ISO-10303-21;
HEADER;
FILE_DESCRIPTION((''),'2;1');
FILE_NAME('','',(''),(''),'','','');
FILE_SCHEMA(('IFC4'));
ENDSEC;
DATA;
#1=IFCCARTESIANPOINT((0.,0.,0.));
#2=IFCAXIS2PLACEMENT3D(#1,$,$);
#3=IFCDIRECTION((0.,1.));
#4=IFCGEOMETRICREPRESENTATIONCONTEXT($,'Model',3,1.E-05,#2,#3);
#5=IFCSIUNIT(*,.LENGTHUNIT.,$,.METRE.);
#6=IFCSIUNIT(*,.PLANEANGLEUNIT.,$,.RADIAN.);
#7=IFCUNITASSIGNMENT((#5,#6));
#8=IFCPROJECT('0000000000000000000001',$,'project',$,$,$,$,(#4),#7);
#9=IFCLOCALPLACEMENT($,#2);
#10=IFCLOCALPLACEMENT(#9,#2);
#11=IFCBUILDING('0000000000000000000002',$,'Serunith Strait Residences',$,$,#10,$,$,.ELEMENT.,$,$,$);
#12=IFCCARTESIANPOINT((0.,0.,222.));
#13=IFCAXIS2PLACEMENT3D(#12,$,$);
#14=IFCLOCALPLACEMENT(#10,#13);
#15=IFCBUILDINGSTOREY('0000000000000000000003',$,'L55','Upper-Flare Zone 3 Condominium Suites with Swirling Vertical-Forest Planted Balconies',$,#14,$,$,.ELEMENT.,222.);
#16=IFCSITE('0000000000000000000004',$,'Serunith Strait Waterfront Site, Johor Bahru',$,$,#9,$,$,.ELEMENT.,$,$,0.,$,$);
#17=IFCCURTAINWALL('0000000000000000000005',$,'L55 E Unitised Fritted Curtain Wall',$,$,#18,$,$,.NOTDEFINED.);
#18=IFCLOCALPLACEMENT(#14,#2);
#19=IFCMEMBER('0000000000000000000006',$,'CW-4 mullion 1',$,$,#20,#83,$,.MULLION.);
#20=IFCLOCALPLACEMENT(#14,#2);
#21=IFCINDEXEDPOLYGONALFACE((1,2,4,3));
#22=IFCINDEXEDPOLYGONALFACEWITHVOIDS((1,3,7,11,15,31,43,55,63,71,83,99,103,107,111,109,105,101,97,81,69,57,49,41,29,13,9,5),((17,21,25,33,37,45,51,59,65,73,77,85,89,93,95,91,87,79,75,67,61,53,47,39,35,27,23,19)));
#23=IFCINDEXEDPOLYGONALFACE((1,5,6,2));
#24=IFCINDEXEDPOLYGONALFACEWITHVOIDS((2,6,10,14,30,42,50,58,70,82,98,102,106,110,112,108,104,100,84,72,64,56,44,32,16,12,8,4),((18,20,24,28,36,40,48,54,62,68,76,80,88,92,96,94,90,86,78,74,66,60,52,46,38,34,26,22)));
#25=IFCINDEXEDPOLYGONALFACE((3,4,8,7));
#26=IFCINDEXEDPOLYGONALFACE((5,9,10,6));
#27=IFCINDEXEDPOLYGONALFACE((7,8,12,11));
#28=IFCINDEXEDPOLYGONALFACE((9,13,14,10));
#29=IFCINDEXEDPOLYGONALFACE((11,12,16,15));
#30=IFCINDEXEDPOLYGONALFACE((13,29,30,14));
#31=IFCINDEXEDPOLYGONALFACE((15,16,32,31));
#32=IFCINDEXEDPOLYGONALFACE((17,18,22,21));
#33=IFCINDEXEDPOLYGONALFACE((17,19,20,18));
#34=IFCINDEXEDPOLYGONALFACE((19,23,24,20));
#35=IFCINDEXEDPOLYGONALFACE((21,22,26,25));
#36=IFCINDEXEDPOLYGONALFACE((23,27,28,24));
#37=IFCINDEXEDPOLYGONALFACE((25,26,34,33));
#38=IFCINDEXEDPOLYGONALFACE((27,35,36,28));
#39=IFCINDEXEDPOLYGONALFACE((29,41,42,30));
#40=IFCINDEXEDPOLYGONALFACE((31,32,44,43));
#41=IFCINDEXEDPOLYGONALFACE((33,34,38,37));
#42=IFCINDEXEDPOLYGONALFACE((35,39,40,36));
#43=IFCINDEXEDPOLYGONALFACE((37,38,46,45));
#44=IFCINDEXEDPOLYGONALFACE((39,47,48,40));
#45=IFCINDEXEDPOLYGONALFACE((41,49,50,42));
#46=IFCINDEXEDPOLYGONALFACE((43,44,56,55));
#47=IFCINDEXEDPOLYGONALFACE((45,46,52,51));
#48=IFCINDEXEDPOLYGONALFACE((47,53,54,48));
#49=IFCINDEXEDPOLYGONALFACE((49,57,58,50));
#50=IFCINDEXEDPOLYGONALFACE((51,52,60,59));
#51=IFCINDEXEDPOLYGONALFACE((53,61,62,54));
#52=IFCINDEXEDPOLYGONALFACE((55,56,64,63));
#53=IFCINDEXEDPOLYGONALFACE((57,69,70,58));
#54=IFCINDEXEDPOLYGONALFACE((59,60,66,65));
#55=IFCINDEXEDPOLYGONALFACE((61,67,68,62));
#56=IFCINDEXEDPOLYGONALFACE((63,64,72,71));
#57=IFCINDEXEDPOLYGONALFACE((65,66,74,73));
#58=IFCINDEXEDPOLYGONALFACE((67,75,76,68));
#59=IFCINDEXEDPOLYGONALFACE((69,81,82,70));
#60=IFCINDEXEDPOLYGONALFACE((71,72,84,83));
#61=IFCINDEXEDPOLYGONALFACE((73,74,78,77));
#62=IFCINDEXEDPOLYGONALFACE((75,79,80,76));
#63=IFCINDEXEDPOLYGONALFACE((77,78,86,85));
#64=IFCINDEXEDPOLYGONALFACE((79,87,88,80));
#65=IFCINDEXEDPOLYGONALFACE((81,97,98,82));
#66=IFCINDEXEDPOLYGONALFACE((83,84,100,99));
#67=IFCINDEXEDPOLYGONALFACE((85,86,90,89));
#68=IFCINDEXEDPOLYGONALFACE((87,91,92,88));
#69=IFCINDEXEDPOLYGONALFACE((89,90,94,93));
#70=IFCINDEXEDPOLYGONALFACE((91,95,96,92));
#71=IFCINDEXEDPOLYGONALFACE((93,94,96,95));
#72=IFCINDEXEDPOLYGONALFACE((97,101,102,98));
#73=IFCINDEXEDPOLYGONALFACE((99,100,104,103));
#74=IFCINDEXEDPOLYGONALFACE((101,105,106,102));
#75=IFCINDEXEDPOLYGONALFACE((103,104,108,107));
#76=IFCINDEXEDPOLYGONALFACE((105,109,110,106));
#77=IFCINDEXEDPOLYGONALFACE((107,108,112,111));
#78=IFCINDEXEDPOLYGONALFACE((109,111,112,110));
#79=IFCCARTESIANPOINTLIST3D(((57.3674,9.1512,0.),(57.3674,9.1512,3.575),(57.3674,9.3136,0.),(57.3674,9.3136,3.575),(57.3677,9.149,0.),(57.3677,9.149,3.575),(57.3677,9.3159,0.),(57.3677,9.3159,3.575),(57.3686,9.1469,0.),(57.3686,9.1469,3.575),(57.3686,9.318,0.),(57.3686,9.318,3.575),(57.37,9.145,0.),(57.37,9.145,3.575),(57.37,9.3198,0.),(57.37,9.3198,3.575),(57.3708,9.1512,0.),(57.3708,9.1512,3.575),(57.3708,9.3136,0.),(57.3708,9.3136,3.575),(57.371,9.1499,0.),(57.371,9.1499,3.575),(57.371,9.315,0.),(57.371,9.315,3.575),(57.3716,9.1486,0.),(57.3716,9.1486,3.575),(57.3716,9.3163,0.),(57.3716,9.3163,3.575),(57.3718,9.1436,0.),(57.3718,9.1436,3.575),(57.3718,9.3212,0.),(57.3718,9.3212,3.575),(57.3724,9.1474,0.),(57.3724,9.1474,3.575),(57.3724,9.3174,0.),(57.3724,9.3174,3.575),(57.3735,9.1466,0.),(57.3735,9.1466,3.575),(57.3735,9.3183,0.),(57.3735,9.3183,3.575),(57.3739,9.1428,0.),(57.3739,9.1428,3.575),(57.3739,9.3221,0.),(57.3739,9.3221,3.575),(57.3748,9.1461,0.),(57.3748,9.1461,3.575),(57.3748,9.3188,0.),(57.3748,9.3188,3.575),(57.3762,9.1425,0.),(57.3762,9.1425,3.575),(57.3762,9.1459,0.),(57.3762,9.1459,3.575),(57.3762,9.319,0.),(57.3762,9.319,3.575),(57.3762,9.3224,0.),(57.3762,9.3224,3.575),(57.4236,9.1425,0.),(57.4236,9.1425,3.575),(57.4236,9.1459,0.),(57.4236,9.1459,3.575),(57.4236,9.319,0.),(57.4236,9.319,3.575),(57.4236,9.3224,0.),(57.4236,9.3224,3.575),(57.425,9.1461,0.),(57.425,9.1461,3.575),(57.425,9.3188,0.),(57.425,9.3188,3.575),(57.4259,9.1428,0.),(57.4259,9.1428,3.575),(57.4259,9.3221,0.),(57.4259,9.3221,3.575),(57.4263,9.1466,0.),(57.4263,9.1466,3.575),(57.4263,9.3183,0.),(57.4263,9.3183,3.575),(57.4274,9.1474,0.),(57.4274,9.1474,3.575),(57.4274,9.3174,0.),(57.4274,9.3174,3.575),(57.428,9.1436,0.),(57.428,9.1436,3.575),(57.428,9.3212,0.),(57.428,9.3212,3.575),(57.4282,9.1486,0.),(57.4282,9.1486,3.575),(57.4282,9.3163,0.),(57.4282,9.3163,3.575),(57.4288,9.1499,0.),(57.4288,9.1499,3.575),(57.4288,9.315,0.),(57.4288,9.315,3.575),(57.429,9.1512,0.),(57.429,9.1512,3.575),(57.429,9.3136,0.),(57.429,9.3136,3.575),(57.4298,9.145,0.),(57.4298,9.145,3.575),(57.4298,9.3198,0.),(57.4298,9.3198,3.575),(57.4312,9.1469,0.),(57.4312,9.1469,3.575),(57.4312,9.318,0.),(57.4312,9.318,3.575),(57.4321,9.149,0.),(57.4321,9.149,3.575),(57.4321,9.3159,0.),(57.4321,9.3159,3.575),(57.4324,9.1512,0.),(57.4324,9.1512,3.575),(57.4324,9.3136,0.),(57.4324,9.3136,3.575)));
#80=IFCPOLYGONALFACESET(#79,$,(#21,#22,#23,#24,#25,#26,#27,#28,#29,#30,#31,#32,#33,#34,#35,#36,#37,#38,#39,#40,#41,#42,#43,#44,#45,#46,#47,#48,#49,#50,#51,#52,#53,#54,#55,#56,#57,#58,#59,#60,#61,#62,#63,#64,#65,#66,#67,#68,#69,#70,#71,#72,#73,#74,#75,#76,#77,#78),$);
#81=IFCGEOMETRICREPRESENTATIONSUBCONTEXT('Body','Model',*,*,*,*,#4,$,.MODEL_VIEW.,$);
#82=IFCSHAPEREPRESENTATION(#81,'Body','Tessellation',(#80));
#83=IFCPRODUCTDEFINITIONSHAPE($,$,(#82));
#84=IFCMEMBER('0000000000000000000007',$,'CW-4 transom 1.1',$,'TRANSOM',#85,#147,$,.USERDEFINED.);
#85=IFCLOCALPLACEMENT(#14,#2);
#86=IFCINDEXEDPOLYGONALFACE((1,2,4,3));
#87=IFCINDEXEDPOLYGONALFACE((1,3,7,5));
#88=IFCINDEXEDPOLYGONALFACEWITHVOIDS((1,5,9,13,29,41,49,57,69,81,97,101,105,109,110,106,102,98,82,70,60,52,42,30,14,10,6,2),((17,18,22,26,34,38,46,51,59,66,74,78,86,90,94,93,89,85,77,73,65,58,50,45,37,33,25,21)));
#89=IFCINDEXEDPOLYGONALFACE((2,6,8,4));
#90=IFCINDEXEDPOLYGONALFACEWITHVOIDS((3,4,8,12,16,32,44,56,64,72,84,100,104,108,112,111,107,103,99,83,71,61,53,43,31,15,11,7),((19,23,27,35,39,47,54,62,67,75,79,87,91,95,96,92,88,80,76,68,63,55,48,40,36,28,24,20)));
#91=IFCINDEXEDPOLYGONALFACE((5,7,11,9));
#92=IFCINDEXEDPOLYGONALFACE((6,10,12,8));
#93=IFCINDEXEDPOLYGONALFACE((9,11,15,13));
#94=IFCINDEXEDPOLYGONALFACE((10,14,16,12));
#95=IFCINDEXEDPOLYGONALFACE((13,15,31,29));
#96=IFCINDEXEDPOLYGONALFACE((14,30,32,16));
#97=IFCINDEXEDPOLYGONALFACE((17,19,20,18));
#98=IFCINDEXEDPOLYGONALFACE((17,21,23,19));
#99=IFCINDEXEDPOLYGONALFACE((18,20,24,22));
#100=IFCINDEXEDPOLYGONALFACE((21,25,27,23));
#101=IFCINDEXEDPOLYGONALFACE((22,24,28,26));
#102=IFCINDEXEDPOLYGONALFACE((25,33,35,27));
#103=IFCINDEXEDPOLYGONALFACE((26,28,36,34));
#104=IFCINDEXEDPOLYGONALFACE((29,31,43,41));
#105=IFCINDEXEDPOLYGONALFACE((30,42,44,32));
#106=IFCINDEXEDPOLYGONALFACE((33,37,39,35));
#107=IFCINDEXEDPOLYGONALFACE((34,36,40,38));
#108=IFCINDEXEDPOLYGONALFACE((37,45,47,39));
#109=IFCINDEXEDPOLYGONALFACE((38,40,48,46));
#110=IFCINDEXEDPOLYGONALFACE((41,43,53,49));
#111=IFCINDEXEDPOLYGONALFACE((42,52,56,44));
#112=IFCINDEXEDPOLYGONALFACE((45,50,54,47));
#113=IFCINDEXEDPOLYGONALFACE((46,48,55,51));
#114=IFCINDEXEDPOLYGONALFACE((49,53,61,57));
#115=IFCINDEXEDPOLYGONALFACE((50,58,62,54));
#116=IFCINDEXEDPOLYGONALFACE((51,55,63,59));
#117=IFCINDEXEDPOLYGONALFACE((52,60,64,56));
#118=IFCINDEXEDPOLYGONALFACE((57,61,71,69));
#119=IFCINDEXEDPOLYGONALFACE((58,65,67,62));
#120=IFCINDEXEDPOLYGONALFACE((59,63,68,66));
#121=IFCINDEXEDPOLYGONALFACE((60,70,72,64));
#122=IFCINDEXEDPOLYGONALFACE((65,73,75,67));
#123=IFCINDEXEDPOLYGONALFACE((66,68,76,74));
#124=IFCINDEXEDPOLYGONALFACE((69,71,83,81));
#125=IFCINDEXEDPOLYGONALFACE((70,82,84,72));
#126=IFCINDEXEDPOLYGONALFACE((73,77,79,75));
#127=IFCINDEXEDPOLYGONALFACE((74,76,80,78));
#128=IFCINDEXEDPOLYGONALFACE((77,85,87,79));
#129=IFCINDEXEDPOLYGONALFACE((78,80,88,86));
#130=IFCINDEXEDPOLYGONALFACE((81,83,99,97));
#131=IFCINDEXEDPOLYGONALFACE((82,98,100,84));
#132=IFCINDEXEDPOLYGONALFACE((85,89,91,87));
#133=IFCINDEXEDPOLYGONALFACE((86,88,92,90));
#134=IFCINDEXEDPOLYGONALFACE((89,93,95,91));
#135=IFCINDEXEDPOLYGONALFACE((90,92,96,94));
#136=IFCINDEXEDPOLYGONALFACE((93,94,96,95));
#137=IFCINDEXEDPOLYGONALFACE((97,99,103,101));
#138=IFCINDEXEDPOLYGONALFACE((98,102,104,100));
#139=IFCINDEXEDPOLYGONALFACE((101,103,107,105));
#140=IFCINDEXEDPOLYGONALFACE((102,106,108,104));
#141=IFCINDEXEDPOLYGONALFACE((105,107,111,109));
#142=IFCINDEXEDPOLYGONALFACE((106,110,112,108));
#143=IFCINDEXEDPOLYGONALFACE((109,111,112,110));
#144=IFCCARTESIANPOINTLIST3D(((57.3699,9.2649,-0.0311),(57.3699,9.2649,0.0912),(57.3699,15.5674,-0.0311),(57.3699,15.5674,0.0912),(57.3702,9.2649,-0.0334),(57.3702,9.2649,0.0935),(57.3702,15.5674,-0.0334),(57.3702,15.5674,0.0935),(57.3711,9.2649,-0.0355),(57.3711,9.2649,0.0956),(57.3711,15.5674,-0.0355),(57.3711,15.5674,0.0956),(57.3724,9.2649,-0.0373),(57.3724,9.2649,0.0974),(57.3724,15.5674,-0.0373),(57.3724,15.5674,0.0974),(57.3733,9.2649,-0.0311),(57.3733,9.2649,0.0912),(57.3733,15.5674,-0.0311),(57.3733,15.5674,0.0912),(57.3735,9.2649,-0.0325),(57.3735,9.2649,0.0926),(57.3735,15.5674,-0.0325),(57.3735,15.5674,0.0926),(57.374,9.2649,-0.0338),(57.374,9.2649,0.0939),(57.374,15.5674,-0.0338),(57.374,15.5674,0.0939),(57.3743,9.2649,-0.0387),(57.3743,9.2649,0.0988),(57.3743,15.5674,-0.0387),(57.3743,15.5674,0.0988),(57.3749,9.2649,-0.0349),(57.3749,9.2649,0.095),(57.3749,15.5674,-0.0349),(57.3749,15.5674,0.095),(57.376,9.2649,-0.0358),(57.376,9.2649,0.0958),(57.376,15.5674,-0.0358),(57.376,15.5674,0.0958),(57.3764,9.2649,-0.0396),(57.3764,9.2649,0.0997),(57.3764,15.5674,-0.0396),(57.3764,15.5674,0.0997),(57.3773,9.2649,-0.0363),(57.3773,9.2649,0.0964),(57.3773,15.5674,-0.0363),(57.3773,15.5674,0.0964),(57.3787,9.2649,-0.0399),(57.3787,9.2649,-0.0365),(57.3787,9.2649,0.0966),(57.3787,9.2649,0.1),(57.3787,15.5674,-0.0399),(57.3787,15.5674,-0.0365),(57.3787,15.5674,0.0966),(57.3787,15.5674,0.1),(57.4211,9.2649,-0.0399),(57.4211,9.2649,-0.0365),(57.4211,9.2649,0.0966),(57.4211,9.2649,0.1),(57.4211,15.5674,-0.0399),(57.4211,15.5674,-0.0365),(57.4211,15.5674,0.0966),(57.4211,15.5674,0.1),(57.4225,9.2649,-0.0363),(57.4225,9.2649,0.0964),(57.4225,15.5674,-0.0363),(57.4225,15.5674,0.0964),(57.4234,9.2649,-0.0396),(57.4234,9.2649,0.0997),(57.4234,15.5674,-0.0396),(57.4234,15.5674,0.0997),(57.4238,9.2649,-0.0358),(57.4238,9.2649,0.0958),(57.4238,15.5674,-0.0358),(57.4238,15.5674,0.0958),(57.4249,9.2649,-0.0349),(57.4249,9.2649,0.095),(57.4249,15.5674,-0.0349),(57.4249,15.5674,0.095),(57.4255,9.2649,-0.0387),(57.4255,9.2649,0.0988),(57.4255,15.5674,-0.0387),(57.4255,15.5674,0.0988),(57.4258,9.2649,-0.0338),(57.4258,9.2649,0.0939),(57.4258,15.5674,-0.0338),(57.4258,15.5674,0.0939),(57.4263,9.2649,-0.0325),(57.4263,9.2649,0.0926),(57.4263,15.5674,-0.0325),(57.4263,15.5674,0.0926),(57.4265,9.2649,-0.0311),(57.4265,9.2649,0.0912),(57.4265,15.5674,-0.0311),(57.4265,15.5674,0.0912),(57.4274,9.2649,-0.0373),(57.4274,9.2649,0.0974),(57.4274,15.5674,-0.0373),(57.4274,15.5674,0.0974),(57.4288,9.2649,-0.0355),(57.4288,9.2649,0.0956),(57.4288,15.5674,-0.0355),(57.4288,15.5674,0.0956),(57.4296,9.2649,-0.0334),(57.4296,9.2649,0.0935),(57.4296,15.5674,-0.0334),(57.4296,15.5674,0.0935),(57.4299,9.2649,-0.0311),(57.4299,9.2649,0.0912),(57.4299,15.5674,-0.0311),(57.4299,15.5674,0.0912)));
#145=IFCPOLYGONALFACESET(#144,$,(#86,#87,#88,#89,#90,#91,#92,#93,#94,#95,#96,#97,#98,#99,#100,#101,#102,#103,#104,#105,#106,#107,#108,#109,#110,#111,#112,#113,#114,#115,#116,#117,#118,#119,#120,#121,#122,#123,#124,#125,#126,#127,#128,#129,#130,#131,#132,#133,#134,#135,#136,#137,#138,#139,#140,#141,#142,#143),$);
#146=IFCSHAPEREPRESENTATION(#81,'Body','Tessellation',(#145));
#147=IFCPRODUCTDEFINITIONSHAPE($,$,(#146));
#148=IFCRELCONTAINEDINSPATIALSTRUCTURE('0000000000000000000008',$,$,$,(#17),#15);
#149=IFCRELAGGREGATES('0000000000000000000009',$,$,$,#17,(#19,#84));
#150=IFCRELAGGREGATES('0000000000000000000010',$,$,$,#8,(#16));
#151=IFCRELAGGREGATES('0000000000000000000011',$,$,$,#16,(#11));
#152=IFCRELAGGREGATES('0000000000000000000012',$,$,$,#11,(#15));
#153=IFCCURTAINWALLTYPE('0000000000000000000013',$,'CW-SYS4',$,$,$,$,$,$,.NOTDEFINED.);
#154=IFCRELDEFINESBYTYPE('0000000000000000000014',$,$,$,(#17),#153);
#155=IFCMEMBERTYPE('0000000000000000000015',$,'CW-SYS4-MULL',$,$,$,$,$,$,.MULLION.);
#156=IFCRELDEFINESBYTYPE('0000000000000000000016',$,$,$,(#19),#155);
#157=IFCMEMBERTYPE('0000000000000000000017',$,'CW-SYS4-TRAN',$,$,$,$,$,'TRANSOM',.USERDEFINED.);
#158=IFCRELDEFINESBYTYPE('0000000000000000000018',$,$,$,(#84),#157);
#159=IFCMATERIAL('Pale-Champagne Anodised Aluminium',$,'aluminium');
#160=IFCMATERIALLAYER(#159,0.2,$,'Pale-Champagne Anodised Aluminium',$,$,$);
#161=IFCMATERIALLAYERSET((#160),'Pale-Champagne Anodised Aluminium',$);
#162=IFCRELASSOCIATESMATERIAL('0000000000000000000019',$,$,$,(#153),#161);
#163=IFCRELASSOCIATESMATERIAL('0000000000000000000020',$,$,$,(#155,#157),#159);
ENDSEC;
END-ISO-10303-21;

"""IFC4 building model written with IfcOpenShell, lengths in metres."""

from ifc_helpers import new_model, si_unit, direction, frame, origin, origin_2d, place, context, subcontext, project, spatial, hollow_rectangle, extrude, source, transform, mapped, material, layer, layer_set, material_profile, profile_set, type_object, element, aggregate, save


model = new_model("IFC4")

# Units and contexts
model_context = context("Model", 3, precision=1e-05, world=origin(), true_north=direction((0.0, 1.0)))
body_context = subcontext(model_context, "Body", "Model", "MODEL_VIEW")
ifc_project = project(units=[si_unit("LENGTHUNIT", "METRE"), si_unit("PLANEANGLEUNIT", "RADIAN")], contexts=[model_context])

# Site, building, storey
site_placement = place(None, origin())
site = spatial("IfcSite", under=ifc_project, at=site_placement, Name="Serunith Strait Waterfront Site, Johor Bahru", CompositionType="ELEMENT", RefElevation=0.0)
building_placement = place(site_placement, origin())
building = spatial("IfcBuilding", under=site, at=building_placement, Name="Serunith Strait Residences", CompositionType="ELEMENT")
storey_placement = place(building_placement, frame((0.0, 0.0, 222.0)))
storey = spatial("IfcBuildingStorey", under=building, at=storey_placement, Name="L55", Description="Upper-Flare Zone 3 Condominium Suites with Swirling Vertical-Forest Planted Balconies", CompositionType="ELEMENT", Elevation=222.0)

# Curtain wall, members
ifc_material_1 = material(Name="Pale-Champagne Anodised Aluminium", Category="aluminium")
ifc_layer_1 = layer(ifc_material_1, 0.2, Name="Pale-Champagne Anodised Aluminium")
ifc_layer_set_1 = layer_set([ifc_layer_1], Name="Pale-Champagne Anodised Aluminium")
curtain_wall_type = type_object("IfcCurtainWallType", Name="CW-SYS4", PredefinedType="NOTDEFINED", material=ifc_layer_set_1)
ifc_material_profile_1 = material_profile(ifc_material_1, hollow_rectangle(XDim=0.0649, YDim=0.1799, WallThickness=0.0034, InnerFilletRadius=0.0054, OuterFilletRadius=0.0088, at=origin_2d()), Name="ALU 180x65x3.5")
ifc_profile_set_1 = profile_set([ifc_material_profile_1], Name="Pale-Champagne Anodised Aluminium")
member_type_1 = type_object("IfcMemberType", Name="CW-SYS4-MULL", PredefinedType="MULLION", material=ifc_profile_set_1)
shared_shape_1 = source(origin(), body_context, "Body", "SweptSolid", [
    extrude(hollow_rectangle(XDim=0.0649, YDim=0.1799, WallThickness=0.0034, InnerFilletRadius=0.0054, OuterFilletRadius=0.0088, at=origin_2d()), origin(), (0.0, 0.0, 1.0), 3.575),
])
curtain_wall_1_placement = place(storey_placement, origin())
curtain_wall_1 = element("IfcCurtainWall", 1, at=curtain_wall_1_placement, inside=storey, type_object=curtain_wall_type, Name="L55 E Unitised Fritted Curtain Wall", PredefinedType="NOTDEFINED")
member_1_placement = place(storey_placement, frame((57.3999, 9.2324, 0.0), z_axis=(0.0, 0.0, 1.0), x_axis=(-1.0, 0.0, 0.0)))
member_1 = element("IfcMember", 2, at=member_1_placement, type_object=member_type_1, Name="CW-4 mullion 1", PredefinedType="MULLION", context=body_context, shape_type="MappedRepresentation", body=[
    mapped(shared_shape_1, transform((0.0, 0.0, 0.0), scale=1.0)),
])
ifc_material_profile_2 = material_profile(ifc_material_1, hollow_rectangle(XDim=0.0601, YDim=0.1399, WallThickness=0.0034, InnerFilletRadius=0.0054, OuterFilletRadius=0.0088, at=origin_2d()), Name="ALU 140x60x3.5")
ifc_profile_set_2 = profile_set([ifc_material_profile_2], Name="Pale-Champagne Anodised Aluminium")
member_type_2 = type_object("IfcMemberType", Name="CW-SYS4-TRAN", ElementType="TRANSOM", PredefinedType="USERDEFINED", material=ifc_profile_set_2)
shared_shape_2 = source(origin(), body_context, "Body", "SweptSolid", [
    extrude(hollow_rectangle(XDim=0.0601, YDim=0.1399, WallThickness=0.0034, InnerFilletRadius=0.0054, OuterFilletRadius=0.0088, at=origin_2d()), origin(), (0.0, 0.0, 1.0), 6.3025),
])
member_2_placement = place(storey_placement, frame((57.3999, 9.2649, 0.03), z_axis=(0.0, 1.0, 0.0), x_axis=(-1.0, 0.0, 0.0)))
member_2 = element("IfcMember", 3, at=member_2_placement, type_object=member_type_2, Name="CW-4 transom 1.1", ObjectType="TRANSOM", PredefinedType="USERDEFINED", context=body_context, shape_type="MappedRepresentation", body=[
    mapped(shared_shape_2, transform((0.0, 0.0, 0.0), scale=1.0)),
])
aggregate(curtain_wall_1, [member_1, member_2])

save(model, "model.ifc")
